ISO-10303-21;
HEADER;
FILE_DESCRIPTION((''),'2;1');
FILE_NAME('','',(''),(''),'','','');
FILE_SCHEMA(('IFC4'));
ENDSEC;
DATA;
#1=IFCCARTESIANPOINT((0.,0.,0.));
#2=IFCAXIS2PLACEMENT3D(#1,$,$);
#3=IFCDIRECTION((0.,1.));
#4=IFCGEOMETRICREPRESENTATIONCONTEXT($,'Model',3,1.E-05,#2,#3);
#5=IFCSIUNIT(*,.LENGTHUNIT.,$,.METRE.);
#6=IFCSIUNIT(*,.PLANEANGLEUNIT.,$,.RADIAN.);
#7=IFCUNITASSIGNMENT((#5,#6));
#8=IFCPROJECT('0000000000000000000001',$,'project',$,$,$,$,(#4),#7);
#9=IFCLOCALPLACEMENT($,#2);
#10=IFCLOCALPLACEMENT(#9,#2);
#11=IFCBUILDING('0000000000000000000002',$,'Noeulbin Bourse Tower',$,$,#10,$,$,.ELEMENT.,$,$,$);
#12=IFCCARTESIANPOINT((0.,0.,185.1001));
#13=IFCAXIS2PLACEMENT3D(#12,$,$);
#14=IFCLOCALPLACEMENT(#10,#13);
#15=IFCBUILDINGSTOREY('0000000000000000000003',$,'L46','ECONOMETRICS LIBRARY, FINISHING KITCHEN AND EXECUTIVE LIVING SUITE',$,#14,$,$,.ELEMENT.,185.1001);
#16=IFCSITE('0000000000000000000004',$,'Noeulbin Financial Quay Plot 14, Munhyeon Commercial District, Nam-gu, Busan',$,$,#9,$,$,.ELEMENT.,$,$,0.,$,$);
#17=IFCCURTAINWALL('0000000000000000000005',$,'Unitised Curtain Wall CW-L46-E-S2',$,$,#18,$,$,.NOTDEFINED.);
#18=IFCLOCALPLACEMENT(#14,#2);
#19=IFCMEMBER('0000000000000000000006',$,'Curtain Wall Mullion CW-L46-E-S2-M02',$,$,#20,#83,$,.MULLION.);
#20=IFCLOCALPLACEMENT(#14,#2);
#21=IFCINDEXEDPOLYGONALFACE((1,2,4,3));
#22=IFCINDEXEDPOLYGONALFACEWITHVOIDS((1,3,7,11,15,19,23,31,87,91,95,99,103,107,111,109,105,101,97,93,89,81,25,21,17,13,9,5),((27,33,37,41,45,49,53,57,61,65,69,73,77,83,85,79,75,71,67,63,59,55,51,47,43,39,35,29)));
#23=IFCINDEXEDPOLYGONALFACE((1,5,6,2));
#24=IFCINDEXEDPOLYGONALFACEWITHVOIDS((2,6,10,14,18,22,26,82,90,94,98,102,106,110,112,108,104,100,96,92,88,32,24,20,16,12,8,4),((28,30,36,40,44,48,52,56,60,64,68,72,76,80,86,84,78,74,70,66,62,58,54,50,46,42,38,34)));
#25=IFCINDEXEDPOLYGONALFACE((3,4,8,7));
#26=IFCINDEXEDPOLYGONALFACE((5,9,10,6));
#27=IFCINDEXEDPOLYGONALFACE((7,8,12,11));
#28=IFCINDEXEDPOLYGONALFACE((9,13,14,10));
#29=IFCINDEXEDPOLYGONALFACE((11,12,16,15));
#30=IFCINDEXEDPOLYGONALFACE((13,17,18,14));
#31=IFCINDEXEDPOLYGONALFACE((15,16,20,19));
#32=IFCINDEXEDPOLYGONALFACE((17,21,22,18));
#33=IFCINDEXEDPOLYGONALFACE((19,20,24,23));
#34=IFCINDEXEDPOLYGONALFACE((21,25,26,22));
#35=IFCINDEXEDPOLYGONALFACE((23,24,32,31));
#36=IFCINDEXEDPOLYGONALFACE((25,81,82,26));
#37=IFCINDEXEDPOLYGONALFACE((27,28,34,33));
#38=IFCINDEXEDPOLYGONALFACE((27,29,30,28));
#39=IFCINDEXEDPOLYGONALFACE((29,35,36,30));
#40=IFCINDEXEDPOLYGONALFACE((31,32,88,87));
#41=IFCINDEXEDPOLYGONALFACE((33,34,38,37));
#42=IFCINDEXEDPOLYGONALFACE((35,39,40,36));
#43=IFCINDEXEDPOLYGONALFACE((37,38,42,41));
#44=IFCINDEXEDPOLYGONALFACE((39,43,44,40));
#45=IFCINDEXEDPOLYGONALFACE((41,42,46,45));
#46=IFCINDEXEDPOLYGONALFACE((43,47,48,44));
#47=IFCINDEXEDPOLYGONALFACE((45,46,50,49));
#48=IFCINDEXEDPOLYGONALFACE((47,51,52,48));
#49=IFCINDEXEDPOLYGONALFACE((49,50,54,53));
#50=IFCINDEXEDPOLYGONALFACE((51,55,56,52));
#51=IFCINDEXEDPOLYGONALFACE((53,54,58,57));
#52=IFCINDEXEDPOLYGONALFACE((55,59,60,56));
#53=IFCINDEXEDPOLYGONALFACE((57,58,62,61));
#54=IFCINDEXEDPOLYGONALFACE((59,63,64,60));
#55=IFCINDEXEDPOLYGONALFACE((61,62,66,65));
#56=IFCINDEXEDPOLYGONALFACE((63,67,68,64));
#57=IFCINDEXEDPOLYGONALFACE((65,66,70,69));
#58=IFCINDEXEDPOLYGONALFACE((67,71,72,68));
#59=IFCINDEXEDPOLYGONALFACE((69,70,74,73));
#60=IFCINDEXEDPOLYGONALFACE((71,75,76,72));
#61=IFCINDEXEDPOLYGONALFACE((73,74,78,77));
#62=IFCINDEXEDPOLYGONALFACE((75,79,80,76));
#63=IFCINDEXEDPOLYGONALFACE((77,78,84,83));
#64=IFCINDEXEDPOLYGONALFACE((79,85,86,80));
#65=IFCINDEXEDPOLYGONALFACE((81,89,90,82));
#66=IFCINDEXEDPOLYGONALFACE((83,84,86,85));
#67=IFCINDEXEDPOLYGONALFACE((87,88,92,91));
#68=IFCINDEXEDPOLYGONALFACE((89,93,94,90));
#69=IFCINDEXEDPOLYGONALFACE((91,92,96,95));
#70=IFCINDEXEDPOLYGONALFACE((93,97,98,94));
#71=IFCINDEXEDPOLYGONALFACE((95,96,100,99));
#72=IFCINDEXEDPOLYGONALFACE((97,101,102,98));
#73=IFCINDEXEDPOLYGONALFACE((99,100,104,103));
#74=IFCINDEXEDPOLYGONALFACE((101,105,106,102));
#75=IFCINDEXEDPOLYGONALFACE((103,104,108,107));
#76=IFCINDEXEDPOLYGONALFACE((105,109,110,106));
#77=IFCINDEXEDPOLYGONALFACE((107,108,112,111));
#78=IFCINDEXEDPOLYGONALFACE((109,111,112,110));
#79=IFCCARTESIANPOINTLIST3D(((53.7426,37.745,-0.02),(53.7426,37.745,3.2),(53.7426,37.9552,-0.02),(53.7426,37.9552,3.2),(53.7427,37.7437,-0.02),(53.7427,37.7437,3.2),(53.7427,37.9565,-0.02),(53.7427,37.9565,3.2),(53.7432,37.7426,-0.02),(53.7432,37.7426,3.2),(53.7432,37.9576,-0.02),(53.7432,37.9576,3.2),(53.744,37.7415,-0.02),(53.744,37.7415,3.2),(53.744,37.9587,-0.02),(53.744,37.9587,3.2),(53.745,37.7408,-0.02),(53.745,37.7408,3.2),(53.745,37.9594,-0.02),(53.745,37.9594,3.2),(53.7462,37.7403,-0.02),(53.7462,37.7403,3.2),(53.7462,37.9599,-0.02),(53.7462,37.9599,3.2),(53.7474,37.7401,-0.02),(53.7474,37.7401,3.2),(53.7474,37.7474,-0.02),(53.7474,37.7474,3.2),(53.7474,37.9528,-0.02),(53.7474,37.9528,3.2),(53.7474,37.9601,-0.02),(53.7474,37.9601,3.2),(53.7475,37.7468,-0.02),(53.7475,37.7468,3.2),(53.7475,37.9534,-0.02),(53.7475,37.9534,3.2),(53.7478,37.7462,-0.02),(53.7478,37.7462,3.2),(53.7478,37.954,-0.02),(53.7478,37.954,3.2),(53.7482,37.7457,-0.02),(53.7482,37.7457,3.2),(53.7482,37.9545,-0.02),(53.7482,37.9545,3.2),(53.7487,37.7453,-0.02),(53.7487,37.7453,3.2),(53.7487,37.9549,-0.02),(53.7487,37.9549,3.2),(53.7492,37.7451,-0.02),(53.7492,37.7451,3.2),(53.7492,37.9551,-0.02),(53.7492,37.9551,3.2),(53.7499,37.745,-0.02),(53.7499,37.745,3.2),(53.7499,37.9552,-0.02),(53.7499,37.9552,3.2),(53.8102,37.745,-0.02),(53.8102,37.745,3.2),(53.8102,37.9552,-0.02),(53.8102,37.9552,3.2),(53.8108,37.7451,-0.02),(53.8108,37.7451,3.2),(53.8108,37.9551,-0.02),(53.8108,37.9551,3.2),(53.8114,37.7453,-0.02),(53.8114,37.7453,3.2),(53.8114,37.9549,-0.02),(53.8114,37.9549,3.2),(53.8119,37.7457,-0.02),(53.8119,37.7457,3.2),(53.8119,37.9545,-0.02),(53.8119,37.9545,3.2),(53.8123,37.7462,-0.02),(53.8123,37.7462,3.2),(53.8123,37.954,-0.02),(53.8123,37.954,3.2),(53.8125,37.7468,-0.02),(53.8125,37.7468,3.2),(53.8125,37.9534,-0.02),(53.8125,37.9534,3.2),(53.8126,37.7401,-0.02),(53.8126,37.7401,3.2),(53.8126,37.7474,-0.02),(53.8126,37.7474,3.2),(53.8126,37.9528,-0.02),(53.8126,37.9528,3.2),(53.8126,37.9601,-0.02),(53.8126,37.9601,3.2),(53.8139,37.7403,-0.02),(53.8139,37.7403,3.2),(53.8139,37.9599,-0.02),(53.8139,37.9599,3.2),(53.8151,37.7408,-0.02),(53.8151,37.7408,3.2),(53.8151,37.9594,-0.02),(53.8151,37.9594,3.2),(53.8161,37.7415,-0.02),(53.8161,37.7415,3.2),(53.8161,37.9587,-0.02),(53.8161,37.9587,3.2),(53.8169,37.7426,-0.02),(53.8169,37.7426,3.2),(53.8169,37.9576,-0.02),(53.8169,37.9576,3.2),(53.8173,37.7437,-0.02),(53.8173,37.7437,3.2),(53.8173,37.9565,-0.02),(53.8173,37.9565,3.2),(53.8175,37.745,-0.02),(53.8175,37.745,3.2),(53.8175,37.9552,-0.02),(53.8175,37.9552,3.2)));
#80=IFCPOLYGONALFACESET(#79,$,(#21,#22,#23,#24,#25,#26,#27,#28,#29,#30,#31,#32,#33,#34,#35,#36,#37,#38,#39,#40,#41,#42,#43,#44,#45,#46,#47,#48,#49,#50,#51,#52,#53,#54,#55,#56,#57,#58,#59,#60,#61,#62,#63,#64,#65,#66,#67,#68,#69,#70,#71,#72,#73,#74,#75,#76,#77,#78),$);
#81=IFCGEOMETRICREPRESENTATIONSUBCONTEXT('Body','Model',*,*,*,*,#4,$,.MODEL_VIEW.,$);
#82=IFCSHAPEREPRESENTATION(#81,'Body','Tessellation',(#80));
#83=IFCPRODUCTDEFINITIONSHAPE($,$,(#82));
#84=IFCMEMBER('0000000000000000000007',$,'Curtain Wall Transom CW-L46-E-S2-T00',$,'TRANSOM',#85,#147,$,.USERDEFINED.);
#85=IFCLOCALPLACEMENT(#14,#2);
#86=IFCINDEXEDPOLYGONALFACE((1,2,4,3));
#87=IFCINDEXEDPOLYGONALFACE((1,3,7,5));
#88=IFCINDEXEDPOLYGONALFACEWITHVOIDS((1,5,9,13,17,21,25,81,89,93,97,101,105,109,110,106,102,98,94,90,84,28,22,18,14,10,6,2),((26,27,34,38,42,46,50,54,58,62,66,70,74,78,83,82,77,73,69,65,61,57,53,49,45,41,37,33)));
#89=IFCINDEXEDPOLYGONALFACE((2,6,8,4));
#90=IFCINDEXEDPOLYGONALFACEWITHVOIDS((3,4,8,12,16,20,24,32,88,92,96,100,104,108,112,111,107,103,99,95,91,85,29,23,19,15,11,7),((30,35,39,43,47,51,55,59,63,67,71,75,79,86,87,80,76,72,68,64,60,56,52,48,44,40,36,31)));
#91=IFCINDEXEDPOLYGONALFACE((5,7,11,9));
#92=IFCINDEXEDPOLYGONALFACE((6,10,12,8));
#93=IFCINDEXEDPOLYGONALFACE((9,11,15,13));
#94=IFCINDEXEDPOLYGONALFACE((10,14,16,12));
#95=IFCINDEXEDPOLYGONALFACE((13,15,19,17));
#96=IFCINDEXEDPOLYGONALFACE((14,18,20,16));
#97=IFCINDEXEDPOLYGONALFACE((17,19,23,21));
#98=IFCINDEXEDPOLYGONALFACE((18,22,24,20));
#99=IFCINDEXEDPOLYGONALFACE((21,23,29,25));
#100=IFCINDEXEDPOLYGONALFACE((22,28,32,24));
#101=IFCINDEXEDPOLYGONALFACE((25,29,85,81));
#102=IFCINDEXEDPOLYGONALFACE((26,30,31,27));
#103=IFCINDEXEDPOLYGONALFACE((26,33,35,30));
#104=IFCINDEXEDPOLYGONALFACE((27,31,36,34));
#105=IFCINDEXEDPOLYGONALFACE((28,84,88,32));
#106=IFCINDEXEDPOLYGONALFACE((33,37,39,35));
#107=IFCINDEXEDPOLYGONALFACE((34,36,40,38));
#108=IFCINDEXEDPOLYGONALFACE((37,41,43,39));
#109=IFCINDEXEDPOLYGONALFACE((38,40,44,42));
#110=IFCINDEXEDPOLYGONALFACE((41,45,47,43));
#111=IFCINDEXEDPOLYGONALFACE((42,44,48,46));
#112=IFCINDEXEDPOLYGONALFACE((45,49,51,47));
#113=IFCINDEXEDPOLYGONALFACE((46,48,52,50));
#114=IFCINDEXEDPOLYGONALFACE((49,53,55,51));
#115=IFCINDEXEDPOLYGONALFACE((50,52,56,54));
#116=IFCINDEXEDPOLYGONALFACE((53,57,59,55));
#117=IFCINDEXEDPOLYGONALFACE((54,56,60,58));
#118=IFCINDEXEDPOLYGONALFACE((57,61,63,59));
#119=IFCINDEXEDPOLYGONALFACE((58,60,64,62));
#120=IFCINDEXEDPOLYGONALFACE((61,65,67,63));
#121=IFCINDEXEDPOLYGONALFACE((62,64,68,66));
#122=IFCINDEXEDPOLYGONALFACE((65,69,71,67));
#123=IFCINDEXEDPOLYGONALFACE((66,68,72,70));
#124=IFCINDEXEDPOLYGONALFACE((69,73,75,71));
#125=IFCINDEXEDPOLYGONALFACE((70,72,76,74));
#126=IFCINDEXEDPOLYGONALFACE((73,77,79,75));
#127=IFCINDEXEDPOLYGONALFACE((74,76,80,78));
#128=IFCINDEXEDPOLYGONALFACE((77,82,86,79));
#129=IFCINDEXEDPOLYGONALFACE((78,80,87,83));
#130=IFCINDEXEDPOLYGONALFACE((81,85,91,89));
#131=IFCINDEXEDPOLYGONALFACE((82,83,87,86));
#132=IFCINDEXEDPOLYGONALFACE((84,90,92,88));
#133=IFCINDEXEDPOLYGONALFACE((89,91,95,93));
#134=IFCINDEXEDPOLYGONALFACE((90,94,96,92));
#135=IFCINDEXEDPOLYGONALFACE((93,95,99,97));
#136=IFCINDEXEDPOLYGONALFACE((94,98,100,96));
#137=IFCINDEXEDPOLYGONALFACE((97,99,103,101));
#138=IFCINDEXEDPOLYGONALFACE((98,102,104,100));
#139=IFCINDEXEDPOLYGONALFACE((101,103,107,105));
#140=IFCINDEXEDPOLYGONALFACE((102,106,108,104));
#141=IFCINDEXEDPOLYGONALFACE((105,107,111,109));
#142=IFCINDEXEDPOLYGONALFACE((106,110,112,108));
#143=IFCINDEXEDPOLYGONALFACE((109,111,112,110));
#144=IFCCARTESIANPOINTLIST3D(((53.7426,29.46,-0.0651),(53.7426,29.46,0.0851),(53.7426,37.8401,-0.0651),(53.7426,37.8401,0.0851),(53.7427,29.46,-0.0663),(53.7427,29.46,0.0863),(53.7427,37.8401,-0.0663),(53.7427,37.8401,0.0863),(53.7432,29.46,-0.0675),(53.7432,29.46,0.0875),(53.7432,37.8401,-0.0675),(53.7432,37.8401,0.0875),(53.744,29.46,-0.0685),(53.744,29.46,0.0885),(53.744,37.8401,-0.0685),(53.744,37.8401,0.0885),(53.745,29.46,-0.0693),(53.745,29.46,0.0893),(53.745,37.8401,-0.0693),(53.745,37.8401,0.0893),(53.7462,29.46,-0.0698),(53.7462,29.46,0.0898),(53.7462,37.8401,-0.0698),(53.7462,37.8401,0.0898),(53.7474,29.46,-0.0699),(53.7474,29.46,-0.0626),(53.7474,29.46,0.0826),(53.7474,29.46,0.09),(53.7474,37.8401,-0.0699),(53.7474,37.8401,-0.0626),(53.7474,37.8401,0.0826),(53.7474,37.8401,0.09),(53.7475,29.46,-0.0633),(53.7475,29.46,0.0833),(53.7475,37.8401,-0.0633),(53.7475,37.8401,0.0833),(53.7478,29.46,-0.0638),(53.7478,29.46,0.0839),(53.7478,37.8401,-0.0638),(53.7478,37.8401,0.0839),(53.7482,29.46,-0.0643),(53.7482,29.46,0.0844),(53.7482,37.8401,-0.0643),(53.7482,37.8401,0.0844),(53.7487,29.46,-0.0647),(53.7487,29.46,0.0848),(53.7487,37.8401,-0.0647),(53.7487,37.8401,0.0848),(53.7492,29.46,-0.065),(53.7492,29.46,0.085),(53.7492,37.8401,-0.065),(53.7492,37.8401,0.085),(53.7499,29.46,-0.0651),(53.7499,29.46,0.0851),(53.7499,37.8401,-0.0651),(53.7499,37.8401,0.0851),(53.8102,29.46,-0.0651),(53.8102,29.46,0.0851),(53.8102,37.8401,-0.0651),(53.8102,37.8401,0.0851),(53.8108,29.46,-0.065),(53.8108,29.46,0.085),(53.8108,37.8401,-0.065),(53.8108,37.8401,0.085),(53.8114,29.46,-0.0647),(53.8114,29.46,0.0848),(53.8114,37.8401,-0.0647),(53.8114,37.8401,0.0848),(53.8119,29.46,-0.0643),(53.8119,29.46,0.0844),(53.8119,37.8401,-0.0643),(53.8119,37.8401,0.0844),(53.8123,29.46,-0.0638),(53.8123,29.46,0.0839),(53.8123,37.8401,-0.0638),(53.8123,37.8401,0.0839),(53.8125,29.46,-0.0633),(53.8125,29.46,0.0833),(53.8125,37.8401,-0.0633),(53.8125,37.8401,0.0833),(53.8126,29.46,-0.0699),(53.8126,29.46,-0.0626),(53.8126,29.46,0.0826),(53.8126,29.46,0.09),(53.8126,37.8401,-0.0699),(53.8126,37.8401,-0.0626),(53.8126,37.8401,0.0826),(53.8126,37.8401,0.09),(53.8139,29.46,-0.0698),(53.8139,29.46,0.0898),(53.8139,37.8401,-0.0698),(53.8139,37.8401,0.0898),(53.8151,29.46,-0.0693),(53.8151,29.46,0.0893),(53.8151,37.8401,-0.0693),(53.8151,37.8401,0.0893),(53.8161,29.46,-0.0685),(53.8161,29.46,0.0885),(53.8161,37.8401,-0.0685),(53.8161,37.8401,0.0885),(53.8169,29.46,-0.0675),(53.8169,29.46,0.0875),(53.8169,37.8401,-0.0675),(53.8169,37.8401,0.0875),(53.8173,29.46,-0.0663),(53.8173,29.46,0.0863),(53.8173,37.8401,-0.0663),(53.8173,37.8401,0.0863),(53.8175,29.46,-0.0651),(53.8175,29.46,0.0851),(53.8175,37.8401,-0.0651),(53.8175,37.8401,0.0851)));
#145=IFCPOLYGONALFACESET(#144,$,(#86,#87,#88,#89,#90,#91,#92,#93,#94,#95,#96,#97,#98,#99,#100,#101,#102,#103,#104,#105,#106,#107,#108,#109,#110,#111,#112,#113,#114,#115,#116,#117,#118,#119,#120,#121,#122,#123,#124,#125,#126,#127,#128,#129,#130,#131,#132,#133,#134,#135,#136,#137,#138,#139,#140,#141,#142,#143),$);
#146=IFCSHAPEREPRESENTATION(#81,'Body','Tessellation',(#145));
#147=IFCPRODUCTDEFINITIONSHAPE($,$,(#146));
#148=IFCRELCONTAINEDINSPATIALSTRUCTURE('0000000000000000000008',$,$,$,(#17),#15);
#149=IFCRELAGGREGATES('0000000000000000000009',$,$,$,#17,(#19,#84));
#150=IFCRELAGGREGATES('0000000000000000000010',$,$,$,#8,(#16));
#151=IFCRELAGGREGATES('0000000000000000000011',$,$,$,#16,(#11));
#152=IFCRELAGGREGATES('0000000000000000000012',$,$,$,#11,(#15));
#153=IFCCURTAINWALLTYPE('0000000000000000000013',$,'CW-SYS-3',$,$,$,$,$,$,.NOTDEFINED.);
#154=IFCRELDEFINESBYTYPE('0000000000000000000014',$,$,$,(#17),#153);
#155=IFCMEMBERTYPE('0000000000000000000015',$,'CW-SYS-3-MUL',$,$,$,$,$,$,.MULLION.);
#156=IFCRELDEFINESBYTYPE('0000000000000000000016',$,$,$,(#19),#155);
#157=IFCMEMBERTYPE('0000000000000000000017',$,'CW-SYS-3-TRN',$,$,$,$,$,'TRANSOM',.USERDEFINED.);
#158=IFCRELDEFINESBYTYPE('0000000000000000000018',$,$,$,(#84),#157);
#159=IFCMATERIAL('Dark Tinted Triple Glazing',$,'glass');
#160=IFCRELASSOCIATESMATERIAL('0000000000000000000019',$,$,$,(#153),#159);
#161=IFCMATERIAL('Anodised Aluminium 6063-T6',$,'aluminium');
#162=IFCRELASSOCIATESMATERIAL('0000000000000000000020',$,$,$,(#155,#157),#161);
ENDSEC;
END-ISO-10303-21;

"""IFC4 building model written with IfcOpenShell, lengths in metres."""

from ifc_helpers import new_model, si_unit, direction, frame, origin, origin_2d, place, context, subcontext, project, spatial, hollow_rectangle, extrude, material, material_profile, profile_set, type_object, element, aggregate, save


model = new_model("IFC4")

# Units and contexts
model_context = context("Model", 3, precision=1e-05, world=origin(), true_north=direction((0.0, 1.0)))
body_context = subcontext(model_context, "Body", "Model", "MODEL_VIEW")
ifc_project = project(units=[si_unit("LENGTHUNIT", "METRE"), si_unit("PLANEANGLEUNIT", "RADIAN")], contexts=[model_context])

# Site, building, storey
site_placement = place(None, origin())
site = spatial("IfcSite", under=ifc_project, at=site_placement, Name="Noeulbin Financial Quay Plot 14, Munhyeon Commercial District, Nam-gu, Busan", CompositionType="ELEMENT", RefElevation=0.0)
building_placement = place(site_placement, origin())
building = spatial("IfcBuilding", under=site, at=building_placement, Name="Noeulbin Bourse Tower", CompositionType="ELEMENT")
storey_placement = place(building_placement, frame((0.0, 0.0, 185.1001)))
storey = spatial("IfcBuildingStorey", under=building, at=storey_placement, Name="L46", Description="ECONOMETRICS LIBRARY, FINISHING KITCHEN AND EXECUTIVE LIVING SUITE", CompositionType="ELEMENT", Elevation=185.1001)

# Curtain wall, members
ifc_material_1 = material(Name="Dark Tinted Triple Glazing", Category="glass")
curtain_wall_type = type_object("IfcCurtainWallType", Name="CW-SYS-3", PredefinedType="NOTDEFINED", material=ifc_material_1)
curtain_wall_placement = place(storey_placement, origin())
curtain_wall = element("IfcCurtainWall", 1, at=curtain_wall_placement, inside=storey, type_object=curtain_wall_type, Name="Unitised Curtain Wall CW-L46-E-S2", PredefinedType="NOTDEFINED")
ifc_material_2 = material(Name="Anodised Aluminium 6063-T6", Category="aluminium")
ifc_material_profile_1 = material_profile(ifc_material_2, hollow_rectangle(XDim=0.075, YDim=0.22, WallThickness=0.0049, InnerFilletRadius=0.0024, OuterFilletRadius=0.0049, at=origin_2d()), Name="ALU-MULL-75x220x5", Category="LoadBearing")
ifc_profile_set_1 = profile_set([ifc_material_profile_1], Name="Anodised Aluminium 6063-T6")
member_type_1 = type_object("IfcMemberType", Name="CW-SYS-3-MUL", PredefinedType="MULLION", material=ifc_profile_set_1)
member_1_placement = place(storey_placement, frame((53.78, 37.8501, -0.02), z_axis=(0.0, 0.0, 1.0), x_axis=(1.0, 0.0, 0.0)))
member_1 = element("IfcMember", 2, at=member_1_placement, type_object=member_type_1, Name="Curtain Wall Mullion CW-L46-E-S2-M02", PredefinedType="MULLION", context=body_context, shape_type="SweptSolid", body=[
    extrude(hollow_rectangle(XDim=0.075, YDim=0.22, WallThickness=0.0049, InnerFilletRadius=0.0024, OuterFilletRadius=0.0049, at=origin_2d()), origin(), (0.0, 0.0, 1.0), 3.22),
])
ifc_material_profile_2 = material_profile(ifc_material_2, hollow_rectangle(XDim=0.075, YDim=0.1599, WallThickness=0.0049, InnerFilletRadius=0.0024, OuterFilletRadius=0.0049, at=origin_2d()), Name="ALU-TRAN-75x160x5", Category="LoadBearing")
ifc_profile_set_2 = profile_set([ifc_material_profile_2], Name="Anodised Aluminium 6063-T6")
member_type_2 = type_object("IfcMemberType", Name="CW-SYS-3-TRN", ElementType="TRANSOM", PredefinedType="USERDEFINED", material=ifc_profile_set_2)
member_2_placement = place(storey_placement, frame((53.78, 29.46, 0.01), z_axis=(0.0, 1.0, 0.0), x_axis=(-1.0, 0.0, 0.0)))
member_2 = element("IfcMember", 3, at=member_2_placement, type_object=member_type_2, Name="Curtain Wall Transom CW-L46-E-S2-T00", ObjectType="TRANSOM", PredefinedType="USERDEFINED", context=body_context, shape_type="SweptSolid", body=[
    extrude(hollow_rectangle(XDim=0.075, YDim=0.1599, WallThickness=0.0049, InnerFilletRadius=0.0024, OuterFilletRadius=0.0049, at=origin_2d()), origin(), (0.0, 0.0, 1.0), 8.3801),
])
aggregate(curtain_wall, [member_1, member_2])

save(model, "model.ifc")
